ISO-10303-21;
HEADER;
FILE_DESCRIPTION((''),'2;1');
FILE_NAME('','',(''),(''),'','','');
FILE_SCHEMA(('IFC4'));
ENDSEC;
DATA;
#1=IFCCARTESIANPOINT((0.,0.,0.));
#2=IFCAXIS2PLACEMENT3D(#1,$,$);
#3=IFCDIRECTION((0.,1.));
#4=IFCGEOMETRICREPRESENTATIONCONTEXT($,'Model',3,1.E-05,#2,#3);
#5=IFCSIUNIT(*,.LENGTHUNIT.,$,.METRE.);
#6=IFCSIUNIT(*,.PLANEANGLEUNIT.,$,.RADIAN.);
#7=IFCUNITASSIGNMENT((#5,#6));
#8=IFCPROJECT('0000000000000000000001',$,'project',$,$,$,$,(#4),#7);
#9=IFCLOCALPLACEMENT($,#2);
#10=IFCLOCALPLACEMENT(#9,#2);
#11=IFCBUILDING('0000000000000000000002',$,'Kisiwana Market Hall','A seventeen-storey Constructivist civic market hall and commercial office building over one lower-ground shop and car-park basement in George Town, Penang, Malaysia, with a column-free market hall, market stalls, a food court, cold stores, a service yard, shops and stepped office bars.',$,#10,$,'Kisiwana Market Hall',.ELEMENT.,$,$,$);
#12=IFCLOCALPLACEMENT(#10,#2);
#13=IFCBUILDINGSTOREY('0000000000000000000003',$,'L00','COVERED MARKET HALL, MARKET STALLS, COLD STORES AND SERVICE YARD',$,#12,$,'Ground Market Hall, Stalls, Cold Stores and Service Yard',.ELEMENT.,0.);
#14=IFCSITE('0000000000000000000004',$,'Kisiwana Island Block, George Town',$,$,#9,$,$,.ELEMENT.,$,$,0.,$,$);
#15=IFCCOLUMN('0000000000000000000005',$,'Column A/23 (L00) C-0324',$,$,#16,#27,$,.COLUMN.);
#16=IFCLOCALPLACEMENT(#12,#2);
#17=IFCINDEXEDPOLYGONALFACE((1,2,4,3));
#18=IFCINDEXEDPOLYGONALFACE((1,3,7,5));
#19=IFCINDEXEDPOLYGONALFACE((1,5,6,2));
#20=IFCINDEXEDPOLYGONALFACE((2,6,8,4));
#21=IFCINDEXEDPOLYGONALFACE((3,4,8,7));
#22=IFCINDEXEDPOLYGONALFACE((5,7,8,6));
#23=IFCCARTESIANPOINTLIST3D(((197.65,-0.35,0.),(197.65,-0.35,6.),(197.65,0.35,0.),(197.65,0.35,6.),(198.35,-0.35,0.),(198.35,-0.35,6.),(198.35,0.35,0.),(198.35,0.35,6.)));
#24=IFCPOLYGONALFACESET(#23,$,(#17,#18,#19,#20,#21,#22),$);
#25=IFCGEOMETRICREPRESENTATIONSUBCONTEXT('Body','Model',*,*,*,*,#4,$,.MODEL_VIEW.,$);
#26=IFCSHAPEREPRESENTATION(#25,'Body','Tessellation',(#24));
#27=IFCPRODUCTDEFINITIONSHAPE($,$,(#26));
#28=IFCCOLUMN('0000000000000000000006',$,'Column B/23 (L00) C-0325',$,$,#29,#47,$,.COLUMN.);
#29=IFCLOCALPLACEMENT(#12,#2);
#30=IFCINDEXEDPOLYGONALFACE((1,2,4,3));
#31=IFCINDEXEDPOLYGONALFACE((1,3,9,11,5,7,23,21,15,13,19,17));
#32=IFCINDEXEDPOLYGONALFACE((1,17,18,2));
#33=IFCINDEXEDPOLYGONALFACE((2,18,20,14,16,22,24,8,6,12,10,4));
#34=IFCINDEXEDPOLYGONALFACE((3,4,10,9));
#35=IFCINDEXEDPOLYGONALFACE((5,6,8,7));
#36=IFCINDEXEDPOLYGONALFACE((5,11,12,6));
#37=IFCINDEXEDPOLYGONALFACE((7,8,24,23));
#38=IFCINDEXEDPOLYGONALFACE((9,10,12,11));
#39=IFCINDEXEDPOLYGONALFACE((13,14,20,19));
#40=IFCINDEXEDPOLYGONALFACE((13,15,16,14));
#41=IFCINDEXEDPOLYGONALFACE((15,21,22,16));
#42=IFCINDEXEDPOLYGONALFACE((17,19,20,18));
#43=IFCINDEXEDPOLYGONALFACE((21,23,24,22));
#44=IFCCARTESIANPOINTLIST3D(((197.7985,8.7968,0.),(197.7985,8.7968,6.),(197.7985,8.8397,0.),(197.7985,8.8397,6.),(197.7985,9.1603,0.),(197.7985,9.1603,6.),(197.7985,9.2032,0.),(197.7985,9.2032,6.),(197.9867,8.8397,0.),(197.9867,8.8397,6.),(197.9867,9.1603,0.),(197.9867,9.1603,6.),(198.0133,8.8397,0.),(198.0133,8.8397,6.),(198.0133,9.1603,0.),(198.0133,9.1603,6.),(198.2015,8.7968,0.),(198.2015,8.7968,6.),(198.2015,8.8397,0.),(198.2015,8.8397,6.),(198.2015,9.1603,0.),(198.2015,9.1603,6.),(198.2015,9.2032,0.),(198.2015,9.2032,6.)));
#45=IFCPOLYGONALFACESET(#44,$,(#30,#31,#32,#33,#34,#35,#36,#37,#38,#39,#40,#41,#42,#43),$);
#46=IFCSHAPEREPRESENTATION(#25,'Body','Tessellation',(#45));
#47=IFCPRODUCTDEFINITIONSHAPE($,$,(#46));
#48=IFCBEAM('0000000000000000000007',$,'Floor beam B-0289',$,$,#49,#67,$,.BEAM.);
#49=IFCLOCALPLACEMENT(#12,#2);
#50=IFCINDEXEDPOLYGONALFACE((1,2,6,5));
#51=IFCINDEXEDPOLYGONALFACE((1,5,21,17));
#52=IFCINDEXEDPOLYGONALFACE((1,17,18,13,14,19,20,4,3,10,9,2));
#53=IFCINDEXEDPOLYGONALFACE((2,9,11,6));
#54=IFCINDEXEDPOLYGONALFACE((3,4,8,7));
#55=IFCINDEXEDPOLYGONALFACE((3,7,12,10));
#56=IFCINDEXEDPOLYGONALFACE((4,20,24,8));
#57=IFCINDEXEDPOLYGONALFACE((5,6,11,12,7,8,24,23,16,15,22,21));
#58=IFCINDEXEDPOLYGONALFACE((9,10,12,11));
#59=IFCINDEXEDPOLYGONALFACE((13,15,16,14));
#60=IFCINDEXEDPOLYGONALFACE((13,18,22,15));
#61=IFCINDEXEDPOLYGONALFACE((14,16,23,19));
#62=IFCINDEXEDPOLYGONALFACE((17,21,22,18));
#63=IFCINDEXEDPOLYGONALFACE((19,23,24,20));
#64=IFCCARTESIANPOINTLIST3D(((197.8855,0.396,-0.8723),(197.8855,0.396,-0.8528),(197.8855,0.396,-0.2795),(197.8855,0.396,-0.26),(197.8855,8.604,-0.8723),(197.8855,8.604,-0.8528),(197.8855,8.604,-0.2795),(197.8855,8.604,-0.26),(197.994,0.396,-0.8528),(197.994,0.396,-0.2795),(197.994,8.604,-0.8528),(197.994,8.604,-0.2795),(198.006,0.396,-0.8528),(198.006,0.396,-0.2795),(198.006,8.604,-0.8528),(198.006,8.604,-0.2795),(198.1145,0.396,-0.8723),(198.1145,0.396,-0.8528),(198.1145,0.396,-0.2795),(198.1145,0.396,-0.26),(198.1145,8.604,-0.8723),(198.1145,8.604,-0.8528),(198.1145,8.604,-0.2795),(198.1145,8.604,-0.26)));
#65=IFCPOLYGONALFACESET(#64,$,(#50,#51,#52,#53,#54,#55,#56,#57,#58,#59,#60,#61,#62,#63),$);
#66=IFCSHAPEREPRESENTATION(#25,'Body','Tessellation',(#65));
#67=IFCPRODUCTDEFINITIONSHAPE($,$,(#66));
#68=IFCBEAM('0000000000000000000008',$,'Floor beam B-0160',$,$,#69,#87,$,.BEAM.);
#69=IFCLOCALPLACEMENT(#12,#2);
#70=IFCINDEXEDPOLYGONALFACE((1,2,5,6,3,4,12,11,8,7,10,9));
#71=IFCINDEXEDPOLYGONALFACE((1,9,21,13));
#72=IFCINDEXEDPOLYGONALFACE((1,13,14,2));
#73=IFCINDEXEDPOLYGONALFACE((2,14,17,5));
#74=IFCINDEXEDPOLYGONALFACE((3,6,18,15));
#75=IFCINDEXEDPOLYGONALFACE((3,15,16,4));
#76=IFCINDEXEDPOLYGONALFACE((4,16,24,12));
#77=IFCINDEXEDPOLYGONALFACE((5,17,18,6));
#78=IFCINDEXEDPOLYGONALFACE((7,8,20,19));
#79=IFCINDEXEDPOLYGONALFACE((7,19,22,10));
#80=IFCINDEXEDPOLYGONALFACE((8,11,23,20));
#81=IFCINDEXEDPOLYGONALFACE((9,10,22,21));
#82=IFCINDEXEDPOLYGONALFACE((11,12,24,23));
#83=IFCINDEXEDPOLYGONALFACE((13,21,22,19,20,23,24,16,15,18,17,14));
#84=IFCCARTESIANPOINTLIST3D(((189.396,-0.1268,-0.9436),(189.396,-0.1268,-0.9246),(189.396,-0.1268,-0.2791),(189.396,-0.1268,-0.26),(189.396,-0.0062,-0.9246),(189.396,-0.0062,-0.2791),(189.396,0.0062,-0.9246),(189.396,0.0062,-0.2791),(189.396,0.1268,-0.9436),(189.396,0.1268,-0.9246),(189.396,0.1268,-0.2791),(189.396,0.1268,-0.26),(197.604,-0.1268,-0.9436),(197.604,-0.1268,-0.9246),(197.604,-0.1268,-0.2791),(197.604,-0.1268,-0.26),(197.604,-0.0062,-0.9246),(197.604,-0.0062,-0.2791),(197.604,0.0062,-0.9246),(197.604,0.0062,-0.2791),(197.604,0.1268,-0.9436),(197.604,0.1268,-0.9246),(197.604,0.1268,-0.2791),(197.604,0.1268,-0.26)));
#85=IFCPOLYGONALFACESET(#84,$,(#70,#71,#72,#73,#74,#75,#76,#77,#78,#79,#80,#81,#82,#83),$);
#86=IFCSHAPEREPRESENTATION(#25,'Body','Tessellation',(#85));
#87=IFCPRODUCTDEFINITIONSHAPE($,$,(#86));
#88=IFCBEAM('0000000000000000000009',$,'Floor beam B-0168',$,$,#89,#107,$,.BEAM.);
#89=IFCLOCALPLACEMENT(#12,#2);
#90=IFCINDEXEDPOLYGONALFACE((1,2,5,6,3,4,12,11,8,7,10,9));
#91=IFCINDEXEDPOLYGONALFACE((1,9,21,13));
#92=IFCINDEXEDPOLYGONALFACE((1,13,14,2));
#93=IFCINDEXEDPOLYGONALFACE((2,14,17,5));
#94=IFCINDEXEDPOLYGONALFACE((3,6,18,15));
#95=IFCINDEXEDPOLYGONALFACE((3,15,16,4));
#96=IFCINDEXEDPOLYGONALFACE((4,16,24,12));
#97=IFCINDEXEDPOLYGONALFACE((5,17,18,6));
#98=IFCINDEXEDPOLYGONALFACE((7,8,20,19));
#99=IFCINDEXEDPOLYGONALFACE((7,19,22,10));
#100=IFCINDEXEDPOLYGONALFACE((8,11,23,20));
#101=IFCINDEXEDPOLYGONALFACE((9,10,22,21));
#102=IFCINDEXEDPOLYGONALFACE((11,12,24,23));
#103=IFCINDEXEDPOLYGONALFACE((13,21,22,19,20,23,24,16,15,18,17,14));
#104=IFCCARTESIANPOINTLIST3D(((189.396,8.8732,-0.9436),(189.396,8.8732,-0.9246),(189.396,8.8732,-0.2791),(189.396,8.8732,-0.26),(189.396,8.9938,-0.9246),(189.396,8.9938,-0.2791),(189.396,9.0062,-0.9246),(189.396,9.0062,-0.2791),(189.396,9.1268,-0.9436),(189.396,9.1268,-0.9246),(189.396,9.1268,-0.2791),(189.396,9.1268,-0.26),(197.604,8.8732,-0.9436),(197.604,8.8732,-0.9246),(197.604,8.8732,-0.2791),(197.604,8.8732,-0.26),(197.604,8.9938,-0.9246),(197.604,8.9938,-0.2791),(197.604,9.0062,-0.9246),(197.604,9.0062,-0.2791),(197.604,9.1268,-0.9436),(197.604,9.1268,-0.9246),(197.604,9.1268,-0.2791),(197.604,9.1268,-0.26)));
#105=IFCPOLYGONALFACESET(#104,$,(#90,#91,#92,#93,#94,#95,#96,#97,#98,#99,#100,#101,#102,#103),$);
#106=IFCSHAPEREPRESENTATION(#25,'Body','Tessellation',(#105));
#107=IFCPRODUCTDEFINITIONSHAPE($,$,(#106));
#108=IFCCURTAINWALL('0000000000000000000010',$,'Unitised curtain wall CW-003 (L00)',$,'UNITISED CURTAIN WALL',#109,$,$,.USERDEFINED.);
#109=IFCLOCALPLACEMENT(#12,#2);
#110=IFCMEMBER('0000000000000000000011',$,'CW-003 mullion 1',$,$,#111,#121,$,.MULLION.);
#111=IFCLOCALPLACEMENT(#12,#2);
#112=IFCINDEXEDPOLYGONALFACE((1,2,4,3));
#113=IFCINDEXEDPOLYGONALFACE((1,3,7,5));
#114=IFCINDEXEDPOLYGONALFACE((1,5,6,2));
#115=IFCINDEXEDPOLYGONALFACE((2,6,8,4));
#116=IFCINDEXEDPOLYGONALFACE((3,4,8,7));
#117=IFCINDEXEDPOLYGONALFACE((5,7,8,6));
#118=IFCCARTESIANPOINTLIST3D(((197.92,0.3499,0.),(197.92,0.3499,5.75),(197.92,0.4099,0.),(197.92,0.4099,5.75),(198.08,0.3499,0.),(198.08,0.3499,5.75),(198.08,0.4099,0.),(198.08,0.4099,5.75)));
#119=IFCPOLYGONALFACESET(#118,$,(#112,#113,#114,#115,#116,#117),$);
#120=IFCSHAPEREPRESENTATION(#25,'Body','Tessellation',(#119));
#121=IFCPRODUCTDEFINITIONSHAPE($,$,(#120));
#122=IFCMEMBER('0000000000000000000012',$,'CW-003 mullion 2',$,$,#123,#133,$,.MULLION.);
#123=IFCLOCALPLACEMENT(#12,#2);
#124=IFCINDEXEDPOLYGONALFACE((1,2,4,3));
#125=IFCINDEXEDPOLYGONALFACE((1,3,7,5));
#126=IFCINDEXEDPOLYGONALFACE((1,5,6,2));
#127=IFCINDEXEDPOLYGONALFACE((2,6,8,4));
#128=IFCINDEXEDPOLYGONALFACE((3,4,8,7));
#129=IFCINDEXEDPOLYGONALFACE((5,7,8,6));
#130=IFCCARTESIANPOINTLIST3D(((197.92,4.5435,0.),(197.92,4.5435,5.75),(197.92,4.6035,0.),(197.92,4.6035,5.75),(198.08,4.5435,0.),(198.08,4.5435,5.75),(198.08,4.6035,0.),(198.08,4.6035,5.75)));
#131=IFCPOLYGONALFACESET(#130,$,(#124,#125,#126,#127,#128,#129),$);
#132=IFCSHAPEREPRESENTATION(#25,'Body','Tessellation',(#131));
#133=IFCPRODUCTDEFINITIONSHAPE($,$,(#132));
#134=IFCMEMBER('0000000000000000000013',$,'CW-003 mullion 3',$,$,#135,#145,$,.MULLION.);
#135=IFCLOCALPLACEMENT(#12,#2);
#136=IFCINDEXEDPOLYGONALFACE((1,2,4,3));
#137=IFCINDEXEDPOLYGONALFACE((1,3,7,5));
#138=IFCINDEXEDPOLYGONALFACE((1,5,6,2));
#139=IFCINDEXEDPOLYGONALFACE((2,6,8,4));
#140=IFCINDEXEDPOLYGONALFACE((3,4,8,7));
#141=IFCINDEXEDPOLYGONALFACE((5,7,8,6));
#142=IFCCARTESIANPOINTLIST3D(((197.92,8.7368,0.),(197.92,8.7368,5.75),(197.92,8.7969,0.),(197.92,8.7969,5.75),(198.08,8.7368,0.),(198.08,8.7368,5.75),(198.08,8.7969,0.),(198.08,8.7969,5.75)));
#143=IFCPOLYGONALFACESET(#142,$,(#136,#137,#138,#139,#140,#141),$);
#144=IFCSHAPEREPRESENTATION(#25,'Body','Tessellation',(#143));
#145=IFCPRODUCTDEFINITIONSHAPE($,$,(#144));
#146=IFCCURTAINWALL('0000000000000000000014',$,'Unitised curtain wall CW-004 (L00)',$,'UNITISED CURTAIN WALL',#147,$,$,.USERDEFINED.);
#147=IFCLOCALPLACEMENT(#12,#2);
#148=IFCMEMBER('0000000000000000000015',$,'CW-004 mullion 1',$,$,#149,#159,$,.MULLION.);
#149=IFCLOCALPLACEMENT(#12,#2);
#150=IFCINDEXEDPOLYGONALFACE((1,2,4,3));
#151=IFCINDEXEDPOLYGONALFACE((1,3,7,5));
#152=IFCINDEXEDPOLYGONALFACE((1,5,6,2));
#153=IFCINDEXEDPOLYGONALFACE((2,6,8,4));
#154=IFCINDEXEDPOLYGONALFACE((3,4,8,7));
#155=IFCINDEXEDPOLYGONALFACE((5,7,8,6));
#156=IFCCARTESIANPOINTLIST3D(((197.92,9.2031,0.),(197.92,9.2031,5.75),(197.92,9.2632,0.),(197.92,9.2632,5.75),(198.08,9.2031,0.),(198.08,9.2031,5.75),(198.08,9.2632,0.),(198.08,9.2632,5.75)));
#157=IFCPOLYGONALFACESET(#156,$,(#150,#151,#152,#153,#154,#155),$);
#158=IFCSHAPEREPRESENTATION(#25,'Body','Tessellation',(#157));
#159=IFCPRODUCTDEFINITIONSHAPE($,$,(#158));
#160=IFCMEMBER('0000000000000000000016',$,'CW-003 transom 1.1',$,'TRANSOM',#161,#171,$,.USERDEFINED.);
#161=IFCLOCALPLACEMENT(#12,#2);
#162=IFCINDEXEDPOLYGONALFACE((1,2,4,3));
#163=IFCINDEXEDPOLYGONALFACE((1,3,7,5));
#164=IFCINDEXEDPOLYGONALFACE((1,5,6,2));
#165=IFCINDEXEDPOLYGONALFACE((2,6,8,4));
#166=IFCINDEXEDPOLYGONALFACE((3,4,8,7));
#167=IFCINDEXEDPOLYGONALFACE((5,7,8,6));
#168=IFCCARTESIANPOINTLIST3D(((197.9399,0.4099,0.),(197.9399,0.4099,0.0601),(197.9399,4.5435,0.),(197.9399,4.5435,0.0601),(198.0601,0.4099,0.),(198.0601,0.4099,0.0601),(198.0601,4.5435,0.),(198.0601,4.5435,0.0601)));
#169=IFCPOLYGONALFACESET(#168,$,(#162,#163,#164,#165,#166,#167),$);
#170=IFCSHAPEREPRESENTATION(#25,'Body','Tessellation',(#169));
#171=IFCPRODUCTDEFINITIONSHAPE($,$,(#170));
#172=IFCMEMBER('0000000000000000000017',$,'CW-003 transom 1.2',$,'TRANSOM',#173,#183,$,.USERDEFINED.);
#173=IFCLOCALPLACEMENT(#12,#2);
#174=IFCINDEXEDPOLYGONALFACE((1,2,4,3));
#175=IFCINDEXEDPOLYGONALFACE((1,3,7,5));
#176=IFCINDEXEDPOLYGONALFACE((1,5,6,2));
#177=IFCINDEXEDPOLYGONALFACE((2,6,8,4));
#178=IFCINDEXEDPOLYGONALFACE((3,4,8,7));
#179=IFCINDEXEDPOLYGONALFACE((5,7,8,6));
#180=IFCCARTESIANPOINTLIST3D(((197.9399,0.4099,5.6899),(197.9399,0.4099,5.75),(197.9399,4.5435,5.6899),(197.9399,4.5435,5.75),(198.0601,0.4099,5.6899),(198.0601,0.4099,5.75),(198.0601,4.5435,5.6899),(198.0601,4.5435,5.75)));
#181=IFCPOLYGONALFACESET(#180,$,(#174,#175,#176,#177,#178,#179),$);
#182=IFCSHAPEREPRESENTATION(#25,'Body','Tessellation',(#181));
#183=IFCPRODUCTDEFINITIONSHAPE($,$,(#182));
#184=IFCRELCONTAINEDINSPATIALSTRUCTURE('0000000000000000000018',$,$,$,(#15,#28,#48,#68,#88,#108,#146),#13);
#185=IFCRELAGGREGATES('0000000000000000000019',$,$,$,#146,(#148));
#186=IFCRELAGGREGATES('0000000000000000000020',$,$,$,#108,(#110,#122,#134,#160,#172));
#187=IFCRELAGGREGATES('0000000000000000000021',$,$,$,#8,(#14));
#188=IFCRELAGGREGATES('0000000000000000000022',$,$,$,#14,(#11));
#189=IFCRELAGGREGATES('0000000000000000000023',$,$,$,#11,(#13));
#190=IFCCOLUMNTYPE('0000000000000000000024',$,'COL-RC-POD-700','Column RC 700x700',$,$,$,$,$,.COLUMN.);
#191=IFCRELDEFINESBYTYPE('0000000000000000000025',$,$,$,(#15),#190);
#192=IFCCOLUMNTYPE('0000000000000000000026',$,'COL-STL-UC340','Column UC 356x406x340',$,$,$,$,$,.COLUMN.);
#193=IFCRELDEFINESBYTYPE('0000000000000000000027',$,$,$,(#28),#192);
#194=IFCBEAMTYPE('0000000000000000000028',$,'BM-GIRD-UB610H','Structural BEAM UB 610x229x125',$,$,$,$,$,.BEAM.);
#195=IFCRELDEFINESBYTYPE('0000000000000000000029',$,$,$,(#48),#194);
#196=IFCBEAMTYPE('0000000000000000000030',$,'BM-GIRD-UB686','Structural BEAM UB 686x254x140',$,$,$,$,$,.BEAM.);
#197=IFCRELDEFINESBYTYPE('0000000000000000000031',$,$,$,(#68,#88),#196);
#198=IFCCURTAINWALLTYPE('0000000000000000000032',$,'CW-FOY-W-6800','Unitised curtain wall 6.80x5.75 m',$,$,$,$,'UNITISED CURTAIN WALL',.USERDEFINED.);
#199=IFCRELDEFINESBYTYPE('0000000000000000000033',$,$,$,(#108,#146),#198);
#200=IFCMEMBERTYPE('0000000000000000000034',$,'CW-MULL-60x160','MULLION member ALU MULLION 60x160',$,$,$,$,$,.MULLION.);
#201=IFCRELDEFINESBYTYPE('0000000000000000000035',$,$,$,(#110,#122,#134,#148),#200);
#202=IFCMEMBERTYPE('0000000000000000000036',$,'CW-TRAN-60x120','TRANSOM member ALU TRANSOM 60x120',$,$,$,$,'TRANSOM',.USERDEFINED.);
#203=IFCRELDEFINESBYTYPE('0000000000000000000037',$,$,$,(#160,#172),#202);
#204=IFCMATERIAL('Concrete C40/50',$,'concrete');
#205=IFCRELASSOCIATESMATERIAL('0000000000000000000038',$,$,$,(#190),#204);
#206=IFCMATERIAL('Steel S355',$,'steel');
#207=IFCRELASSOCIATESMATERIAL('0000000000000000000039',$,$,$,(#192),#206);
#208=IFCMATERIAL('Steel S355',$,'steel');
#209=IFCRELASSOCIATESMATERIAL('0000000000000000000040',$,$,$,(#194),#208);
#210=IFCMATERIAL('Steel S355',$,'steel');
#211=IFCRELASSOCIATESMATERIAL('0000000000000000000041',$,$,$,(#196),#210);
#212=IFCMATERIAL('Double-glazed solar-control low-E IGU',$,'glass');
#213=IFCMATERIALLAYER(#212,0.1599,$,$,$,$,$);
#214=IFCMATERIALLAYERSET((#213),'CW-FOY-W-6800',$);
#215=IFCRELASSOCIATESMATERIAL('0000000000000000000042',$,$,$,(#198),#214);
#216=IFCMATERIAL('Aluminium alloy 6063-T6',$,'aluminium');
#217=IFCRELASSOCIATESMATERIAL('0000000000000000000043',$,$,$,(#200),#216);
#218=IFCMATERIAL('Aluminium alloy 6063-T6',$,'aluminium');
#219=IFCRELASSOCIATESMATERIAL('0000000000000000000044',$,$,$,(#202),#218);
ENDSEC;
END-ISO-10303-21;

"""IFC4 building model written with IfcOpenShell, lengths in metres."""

from ifc_helpers import new_model, si_unit, direction, frame, origin, origin_2d, place, context, subcontext, project, spatial, rectangle, i_section, extrude, material, layer, layer_set, material_profile, profile_set, type_object, element, aggregate, save


model = new_model("IFC4")

# Units and contexts
model_context = context("Model", 3, precision=1e-05, world=origin(), true_north=direction((0.0, 1.0)))
body_context = subcontext(model_context, "Body", "Model", "MODEL_VIEW")
ifc_project = project(units=[si_unit("LENGTHUNIT", "METRE"), si_unit("PLANEANGLEUNIT", "RADIAN")], contexts=[model_context])

# Site, building, storey
site_placement = place(None, origin())
site = spatial("IfcSite", under=ifc_project, at=site_placement, Name="Kisiwana Island Block, George Town", CompositionType="ELEMENT", RefElevation=0.0)
building_placement = place(site_placement, origin())
building = spatial("IfcBuilding", under=site, at=building_placement, Name="Kisiwana Market Hall", Description="A seventeen-storey Constructivist civic market hall and commercial office building over one lower-ground shop and car-park basement in George Town, Penang, Malaysia, with a column-free market hall, market stalls, a food court, cold stores, a service yard, shops and stepped office bars.", LongName="Kisiwana Market Hall", CompositionType="ELEMENT")
storey_placement = place(building_placement, origin())
storey = spatial("IfcBuildingStorey", under=building, at=storey_placement, Name="L00", Description="COVERED MARKET HALL, MARKET STALLS, COLD STORES AND SERVICE YARD", LongName="Ground Market Hall, Stalls, Cold Stores and Service Yard", CompositionType="ELEMENT", Elevation=0.0)

# Columns
ifc_material_1 = material(Name="Concrete C40/50", Category="concrete")
ifc_material_profile_1 = material_profile(ifc_material_1, rectangle(XDim=0.7, YDim=0.7, at=origin_2d()), Name="RC 700x700")
ifc_profile_set_1 = profile_set([ifc_material_profile_1], Name="Concrete C40/50")
column_type_1 = type_object("IfcColumnType", Name="COL-RC-POD-700", Description="Column RC 700x700", PredefinedType="COLUMN", material=ifc_profile_set_1)
column_1_placement = place(storey_placement, frame((198.0, 0.0, 0.0), z_axis=(0.0, 0.0, 1.0), x_axis=(1.0, 0.0, 0.0)))
element("IfcColumn", 1, at=column_1_placement, inside=storey, type_object=column_type_1, Name="Column A/23 (L00) C-0324", PredefinedType="COLUMN", context=body_context, shape_type="SweptSolid", body=[
    extrude(rectangle(XDim=0.7, YDim=0.7, at=origin_2d()), origin(), (0.0, 0.0, 1.0), 6.0),
])
ifc_material_2 = material(Name="Steel S355", Category="steel")
ifc_material_profile_2 = material_profile(ifc_material_2, i_section(OverallWidth=0.4031, OverallDepth=0.4065, WebThickness=0.0266, FlangeThickness=0.043, at=origin_2d()), Name="UC 356x406x340")
ifc_profile_set_2 = profile_set([ifc_material_profile_2], Name="Steel S355")
column_type_2 = type_object("IfcColumnType", Name="COL-STL-UC340", Description="Column UC 356x406x340", PredefinedType="COLUMN", material=ifc_profile_set_2)
column_2_placement = place(storey_placement, frame((198.0, 9.0, 0.0), z_axis=(0.0, 0.0, 1.0), x_axis=(1.0, 0.0, 0.0)))
element("IfcColumn", 2, at=column_2_placement, inside=storey, type_object=column_type_2, Name="Column B/23 (L00) C-0325", PredefinedType="COLUMN", context=body_context, shape_type="SweptSolid", body=[
    extrude(i_section(OverallWidth=0.4031, OverallDepth=0.4065, WebThickness=0.0266, FlangeThickness=0.043, at=origin_2d()), origin(), (0.0, 0.0, 1.0), 6.0),
])

# Beams
ifc_material_3 = material(Name="Steel S355", Category="steel")
ifc_material_profile_3 = material_profile(ifc_material_3, i_section(OverallWidth=0.229, OverallDepth=0.6123, WebThickness=0.012, FlangeThickness=0.0195, at=origin_2d()), Name="UB 610x229x125")
ifc_profile_set_3 = profile_set([ifc_material_profile_3], Name="Steel S355")
beam_type_1 = type_object("IfcBeamType", Name="BM-GIRD-UB610H", Description="Structural BEAM UB 610x229x125", PredefinedType="BEAM", material=ifc_profile_set_3)
beam_placement = place(storey_placement, frame((198.0, 0.396, -0.5662), z_axis=(0.0, 1.0, 0.0), x_axis=(-1.0, 0.0, 0.0)))
element("IfcBeam", 3, at=beam_placement, inside=storey, type_object=beam_type_1, Name="Floor beam B-0289", PredefinedType="BEAM", context=body_context, shape_type="SweptSolid", body=[
    extrude(i_section(OverallWidth=0.229, OverallDepth=0.6123, WebThickness=0.012, FlangeThickness=0.0195, at=origin_2d()), origin(), (0.0, 0.0, 1.0), 8.208),
])
ifc_material_4 = material(Name="Steel S355", Category="steel")
ifc_material_profile_4 = material_profile(ifc_material_4, i_section(OverallWidth=0.2537, OverallDepth=0.6836, WebThickness=0.0125, FlangeThickness=0.019, at=origin_2d()), Name="UB 686x254x140")
ifc_profile_set_4 = profile_set([ifc_material_profile_4], Name="Steel S355")
beam_type_2 = type_object("IfcBeamType", Name="BM-GIRD-UB686", Description="Structural BEAM UB 686x254x140", PredefinedType="BEAM", material=ifc_profile_set_4)
for number, where, z_axis, x_axis, name in (
    (4, (189.396, 0.0, -0.6018), (1.0, 0.0, 0.0), (0.0, 1.0, 0.0), "Floor beam B-0160"),
    (5, (189.396, 9.0, -0.6018), (1.0, 0.0, 0.0), (0.0, 1.0, 0.0), "Floor beam B-0168"),
):
    element("IfcBeam", number, at=place(storey_placement, frame(where, z_axis=z_axis, x_axis=x_axis)), inside=storey, type_object=beam_type_2, Name=name, PredefinedType="BEAM", context=body_context, shape_type="SweptSolid", body=[
        extrude(i_section(OverallWidth=0.2537, OverallDepth=0.6836, WebThickness=0.0125, FlangeThickness=0.019, at=origin_2d()), origin(), (0.0, 0.0, 1.0), 8.208),
    ])

# Curtain wall, members
ifc_material_5 = material(Name="Double-glazed solar-control low-E IGU", Category="glass")
ifc_layer_1 = layer(ifc_material_5, 0.1599)
ifc_layer_set_1 = layer_set([ifc_layer_1], Name="CW-FOY-W-6800")
curtain_wall_type = type_object("IfcCurtainWallType", Name="CW-FOY-W-6800", Description="Unitised curtain wall 6.80x5.75 m", ElementType="UNITISED CURTAIN WALL", PredefinedType="USERDEFINED", material=ifc_layer_set_1)
curtain_wall_1_placement = place(storey_placement, origin())
curtain_wall_1 = element("IfcCurtainWall", 6, at=curtain_wall_1_placement, inside=storey, type_object=curtain_wall_type, Name="Unitised curtain wall CW-003 (L00)", ObjectType="UNITISED CURTAIN WALL", PredefinedType="USERDEFINED")
ifc_material_6 = material(Name="Aluminium alloy 6063-T6", Category="aluminium")
ifc_material_profile_5 = material_profile(ifc_material_6, rectangle(XDim=0.0601, YDim=0.1599, at=origin_2d()), Name="ALU MULLION 60x160")
ifc_profile_set_5 = profile_set([ifc_material_profile_5], Name="Aluminium alloy 6063-T6")
member_type_1 = type_object("IfcMemberType", Name="CW-MULL-60x160", Description="MULLION member ALU MULLION 60x160", PredefinedType="MULLION", material=ifc_profile_set_5)
member_1_placement = place(storey_placement, frame((198.0, 0.3799, 0.0), z_axis=(0.0, 0.0, 1.0), x_axis=(0.0, 1.0, 0.0)))
member_1 = element("IfcMember", 7, at=member_1_placement, type_object=member_type_1, Name="CW-003 mullion 1", PredefinedType="MULLION", context=body_context, shape_type="SweptSolid", body=[
    extrude(rectangle(XDim=0.0601, YDim=0.1599, at=origin_2d()), origin(), (0.0, 0.0, 1.0), 5.75),
])
member_2_placement = place(storey_placement, frame((198.0, 4.5735, 0.0), z_axis=(0.0, 0.0, 1.0), x_axis=(0.0, 1.0, 0.0)))
member_2 = element("IfcMember", 8, at=member_2_placement, type_object=member_type_1, Name="CW-003 mullion 2", PredefinedType="MULLION", context=body_context, shape_type="SweptSolid", body=[
    extrude(rectangle(XDim=0.0601, YDim=0.1599, at=origin_2d()), origin(), (0.0, 0.0, 1.0), 5.75),
])
member_3_placement = place(storey_placement, frame((198.0, 8.7668, 0.0), z_axis=(0.0, 0.0, 1.0), x_axis=(0.0, 1.0, 0.0)))
member_3 = element("IfcMember", 9, at=member_3_placement, type_object=member_type_1, Name="CW-003 mullion 3", PredefinedType="MULLION", context=body_context, shape_type="SweptSolid", body=[
    extrude(rectangle(XDim=0.0601, YDim=0.1599, at=origin_2d()), origin(), (0.0, 0.0, 1.0), 5.75),
])

# Curtain wall, member
curtain_wall_2_placement = place(storey_placement, origin())
curtain_wall_2 = element("IfcCurtainWall", 10, at=curtain_wall_2_placement, inside=storey, type_object=curtain_wall_type, Name="Unitised curtain wall CW-004 (L00)", ObjectType="UNITISED CURTAIN WALL", PredefinedType="USERDEFINED")
member_4_placement = place(storey_placement, frame((198.0, 9.2332, 0.0), z_axis=(0.0, 0.0, 1.0), x_axis=(0.0, 1.0, 0.0)))
member_4 = element("IfcMember", 11, at=member_4_placement, type_object=member_type_1, Name="CW-004 mullion 1", PredefinedType="MULLION", context=body_context, shape_type="SweptSolid", body=[
    extrude(rectangle(XDim=0.0601, YDim=0.1599, at=origin_2d()), origin(), (0.0, 0.0, 1.0), 5.75),
])

# Members
ifc_material_7 = material(Name="Aluminium alloy 6063-T6", Category="aluminium")
ifc_material_profile_6 = material_profile(ifc_material_7, rectangle(XDim=0.1201, YDim=0.0601, at=origin_2d()), Name="ALU TRANSOM 60x120")
ifc_profile_set_6 = profile_set([ifc_material_profile_6], Name="Aluminium alloy 6063-T6")
member_type_2 = type_object("IfcMemberType", Name="CW-TRAN-60x120", Description="TRANSOM member ALU TRANSOM 60x120", ElementType="TRANSOM", PredefinedType="USERDEFINED", material=ifc_profile_set_6)
member_5_placement = place(storey_placement, frame((198.0, 0.4099, 0.03), z_axis=(0.0, 1.0, 0.0), x_axis=(-1.0, 0.0, 0.0)))
member_5 = element("IfcMember", 12, at=member_5_placement, type_object=member_type_2, Name="CW-003 transom 1.1", ObjectType="TRANSOM", PredefinedType="USERDEFINED", context=body_context, shape_type="SweptSolid", body=[
    extrude(rectangle(XDim=0.1201, YDim=0.0601, at=origin_2d()), origin(), (0.0, 0.0, 1.0), 4.1335),
])
member_6_placement = place(storey_placement, frame((198.0, 0.4099, 5.72), z_axis=(0.0, 1.0, 0.0), x_axis=(-1.0, 0.0, 0.0)))
member_6 = element("IfcMember", 13, at=member_6_placement, type_object=member_type_2, Name="CW-003 transom 1.2", ObjectType="TRANSOM", PredefinedType="USERDEFINED", context=body_context, shape_type="SweptSolid", body=[
    extrude(rectangle(XDim=0.1201, YDim=0.0601, at=origin_2d()), origin(), (0.0, 0.0, 1.0), 4.1335),
])
aggregate(curtain_wall_2, [member_4])

aggregate(curtain_wall_1, [member_1, member_2, member_3, member_5, member_6])

save(model, "model.ifc")
